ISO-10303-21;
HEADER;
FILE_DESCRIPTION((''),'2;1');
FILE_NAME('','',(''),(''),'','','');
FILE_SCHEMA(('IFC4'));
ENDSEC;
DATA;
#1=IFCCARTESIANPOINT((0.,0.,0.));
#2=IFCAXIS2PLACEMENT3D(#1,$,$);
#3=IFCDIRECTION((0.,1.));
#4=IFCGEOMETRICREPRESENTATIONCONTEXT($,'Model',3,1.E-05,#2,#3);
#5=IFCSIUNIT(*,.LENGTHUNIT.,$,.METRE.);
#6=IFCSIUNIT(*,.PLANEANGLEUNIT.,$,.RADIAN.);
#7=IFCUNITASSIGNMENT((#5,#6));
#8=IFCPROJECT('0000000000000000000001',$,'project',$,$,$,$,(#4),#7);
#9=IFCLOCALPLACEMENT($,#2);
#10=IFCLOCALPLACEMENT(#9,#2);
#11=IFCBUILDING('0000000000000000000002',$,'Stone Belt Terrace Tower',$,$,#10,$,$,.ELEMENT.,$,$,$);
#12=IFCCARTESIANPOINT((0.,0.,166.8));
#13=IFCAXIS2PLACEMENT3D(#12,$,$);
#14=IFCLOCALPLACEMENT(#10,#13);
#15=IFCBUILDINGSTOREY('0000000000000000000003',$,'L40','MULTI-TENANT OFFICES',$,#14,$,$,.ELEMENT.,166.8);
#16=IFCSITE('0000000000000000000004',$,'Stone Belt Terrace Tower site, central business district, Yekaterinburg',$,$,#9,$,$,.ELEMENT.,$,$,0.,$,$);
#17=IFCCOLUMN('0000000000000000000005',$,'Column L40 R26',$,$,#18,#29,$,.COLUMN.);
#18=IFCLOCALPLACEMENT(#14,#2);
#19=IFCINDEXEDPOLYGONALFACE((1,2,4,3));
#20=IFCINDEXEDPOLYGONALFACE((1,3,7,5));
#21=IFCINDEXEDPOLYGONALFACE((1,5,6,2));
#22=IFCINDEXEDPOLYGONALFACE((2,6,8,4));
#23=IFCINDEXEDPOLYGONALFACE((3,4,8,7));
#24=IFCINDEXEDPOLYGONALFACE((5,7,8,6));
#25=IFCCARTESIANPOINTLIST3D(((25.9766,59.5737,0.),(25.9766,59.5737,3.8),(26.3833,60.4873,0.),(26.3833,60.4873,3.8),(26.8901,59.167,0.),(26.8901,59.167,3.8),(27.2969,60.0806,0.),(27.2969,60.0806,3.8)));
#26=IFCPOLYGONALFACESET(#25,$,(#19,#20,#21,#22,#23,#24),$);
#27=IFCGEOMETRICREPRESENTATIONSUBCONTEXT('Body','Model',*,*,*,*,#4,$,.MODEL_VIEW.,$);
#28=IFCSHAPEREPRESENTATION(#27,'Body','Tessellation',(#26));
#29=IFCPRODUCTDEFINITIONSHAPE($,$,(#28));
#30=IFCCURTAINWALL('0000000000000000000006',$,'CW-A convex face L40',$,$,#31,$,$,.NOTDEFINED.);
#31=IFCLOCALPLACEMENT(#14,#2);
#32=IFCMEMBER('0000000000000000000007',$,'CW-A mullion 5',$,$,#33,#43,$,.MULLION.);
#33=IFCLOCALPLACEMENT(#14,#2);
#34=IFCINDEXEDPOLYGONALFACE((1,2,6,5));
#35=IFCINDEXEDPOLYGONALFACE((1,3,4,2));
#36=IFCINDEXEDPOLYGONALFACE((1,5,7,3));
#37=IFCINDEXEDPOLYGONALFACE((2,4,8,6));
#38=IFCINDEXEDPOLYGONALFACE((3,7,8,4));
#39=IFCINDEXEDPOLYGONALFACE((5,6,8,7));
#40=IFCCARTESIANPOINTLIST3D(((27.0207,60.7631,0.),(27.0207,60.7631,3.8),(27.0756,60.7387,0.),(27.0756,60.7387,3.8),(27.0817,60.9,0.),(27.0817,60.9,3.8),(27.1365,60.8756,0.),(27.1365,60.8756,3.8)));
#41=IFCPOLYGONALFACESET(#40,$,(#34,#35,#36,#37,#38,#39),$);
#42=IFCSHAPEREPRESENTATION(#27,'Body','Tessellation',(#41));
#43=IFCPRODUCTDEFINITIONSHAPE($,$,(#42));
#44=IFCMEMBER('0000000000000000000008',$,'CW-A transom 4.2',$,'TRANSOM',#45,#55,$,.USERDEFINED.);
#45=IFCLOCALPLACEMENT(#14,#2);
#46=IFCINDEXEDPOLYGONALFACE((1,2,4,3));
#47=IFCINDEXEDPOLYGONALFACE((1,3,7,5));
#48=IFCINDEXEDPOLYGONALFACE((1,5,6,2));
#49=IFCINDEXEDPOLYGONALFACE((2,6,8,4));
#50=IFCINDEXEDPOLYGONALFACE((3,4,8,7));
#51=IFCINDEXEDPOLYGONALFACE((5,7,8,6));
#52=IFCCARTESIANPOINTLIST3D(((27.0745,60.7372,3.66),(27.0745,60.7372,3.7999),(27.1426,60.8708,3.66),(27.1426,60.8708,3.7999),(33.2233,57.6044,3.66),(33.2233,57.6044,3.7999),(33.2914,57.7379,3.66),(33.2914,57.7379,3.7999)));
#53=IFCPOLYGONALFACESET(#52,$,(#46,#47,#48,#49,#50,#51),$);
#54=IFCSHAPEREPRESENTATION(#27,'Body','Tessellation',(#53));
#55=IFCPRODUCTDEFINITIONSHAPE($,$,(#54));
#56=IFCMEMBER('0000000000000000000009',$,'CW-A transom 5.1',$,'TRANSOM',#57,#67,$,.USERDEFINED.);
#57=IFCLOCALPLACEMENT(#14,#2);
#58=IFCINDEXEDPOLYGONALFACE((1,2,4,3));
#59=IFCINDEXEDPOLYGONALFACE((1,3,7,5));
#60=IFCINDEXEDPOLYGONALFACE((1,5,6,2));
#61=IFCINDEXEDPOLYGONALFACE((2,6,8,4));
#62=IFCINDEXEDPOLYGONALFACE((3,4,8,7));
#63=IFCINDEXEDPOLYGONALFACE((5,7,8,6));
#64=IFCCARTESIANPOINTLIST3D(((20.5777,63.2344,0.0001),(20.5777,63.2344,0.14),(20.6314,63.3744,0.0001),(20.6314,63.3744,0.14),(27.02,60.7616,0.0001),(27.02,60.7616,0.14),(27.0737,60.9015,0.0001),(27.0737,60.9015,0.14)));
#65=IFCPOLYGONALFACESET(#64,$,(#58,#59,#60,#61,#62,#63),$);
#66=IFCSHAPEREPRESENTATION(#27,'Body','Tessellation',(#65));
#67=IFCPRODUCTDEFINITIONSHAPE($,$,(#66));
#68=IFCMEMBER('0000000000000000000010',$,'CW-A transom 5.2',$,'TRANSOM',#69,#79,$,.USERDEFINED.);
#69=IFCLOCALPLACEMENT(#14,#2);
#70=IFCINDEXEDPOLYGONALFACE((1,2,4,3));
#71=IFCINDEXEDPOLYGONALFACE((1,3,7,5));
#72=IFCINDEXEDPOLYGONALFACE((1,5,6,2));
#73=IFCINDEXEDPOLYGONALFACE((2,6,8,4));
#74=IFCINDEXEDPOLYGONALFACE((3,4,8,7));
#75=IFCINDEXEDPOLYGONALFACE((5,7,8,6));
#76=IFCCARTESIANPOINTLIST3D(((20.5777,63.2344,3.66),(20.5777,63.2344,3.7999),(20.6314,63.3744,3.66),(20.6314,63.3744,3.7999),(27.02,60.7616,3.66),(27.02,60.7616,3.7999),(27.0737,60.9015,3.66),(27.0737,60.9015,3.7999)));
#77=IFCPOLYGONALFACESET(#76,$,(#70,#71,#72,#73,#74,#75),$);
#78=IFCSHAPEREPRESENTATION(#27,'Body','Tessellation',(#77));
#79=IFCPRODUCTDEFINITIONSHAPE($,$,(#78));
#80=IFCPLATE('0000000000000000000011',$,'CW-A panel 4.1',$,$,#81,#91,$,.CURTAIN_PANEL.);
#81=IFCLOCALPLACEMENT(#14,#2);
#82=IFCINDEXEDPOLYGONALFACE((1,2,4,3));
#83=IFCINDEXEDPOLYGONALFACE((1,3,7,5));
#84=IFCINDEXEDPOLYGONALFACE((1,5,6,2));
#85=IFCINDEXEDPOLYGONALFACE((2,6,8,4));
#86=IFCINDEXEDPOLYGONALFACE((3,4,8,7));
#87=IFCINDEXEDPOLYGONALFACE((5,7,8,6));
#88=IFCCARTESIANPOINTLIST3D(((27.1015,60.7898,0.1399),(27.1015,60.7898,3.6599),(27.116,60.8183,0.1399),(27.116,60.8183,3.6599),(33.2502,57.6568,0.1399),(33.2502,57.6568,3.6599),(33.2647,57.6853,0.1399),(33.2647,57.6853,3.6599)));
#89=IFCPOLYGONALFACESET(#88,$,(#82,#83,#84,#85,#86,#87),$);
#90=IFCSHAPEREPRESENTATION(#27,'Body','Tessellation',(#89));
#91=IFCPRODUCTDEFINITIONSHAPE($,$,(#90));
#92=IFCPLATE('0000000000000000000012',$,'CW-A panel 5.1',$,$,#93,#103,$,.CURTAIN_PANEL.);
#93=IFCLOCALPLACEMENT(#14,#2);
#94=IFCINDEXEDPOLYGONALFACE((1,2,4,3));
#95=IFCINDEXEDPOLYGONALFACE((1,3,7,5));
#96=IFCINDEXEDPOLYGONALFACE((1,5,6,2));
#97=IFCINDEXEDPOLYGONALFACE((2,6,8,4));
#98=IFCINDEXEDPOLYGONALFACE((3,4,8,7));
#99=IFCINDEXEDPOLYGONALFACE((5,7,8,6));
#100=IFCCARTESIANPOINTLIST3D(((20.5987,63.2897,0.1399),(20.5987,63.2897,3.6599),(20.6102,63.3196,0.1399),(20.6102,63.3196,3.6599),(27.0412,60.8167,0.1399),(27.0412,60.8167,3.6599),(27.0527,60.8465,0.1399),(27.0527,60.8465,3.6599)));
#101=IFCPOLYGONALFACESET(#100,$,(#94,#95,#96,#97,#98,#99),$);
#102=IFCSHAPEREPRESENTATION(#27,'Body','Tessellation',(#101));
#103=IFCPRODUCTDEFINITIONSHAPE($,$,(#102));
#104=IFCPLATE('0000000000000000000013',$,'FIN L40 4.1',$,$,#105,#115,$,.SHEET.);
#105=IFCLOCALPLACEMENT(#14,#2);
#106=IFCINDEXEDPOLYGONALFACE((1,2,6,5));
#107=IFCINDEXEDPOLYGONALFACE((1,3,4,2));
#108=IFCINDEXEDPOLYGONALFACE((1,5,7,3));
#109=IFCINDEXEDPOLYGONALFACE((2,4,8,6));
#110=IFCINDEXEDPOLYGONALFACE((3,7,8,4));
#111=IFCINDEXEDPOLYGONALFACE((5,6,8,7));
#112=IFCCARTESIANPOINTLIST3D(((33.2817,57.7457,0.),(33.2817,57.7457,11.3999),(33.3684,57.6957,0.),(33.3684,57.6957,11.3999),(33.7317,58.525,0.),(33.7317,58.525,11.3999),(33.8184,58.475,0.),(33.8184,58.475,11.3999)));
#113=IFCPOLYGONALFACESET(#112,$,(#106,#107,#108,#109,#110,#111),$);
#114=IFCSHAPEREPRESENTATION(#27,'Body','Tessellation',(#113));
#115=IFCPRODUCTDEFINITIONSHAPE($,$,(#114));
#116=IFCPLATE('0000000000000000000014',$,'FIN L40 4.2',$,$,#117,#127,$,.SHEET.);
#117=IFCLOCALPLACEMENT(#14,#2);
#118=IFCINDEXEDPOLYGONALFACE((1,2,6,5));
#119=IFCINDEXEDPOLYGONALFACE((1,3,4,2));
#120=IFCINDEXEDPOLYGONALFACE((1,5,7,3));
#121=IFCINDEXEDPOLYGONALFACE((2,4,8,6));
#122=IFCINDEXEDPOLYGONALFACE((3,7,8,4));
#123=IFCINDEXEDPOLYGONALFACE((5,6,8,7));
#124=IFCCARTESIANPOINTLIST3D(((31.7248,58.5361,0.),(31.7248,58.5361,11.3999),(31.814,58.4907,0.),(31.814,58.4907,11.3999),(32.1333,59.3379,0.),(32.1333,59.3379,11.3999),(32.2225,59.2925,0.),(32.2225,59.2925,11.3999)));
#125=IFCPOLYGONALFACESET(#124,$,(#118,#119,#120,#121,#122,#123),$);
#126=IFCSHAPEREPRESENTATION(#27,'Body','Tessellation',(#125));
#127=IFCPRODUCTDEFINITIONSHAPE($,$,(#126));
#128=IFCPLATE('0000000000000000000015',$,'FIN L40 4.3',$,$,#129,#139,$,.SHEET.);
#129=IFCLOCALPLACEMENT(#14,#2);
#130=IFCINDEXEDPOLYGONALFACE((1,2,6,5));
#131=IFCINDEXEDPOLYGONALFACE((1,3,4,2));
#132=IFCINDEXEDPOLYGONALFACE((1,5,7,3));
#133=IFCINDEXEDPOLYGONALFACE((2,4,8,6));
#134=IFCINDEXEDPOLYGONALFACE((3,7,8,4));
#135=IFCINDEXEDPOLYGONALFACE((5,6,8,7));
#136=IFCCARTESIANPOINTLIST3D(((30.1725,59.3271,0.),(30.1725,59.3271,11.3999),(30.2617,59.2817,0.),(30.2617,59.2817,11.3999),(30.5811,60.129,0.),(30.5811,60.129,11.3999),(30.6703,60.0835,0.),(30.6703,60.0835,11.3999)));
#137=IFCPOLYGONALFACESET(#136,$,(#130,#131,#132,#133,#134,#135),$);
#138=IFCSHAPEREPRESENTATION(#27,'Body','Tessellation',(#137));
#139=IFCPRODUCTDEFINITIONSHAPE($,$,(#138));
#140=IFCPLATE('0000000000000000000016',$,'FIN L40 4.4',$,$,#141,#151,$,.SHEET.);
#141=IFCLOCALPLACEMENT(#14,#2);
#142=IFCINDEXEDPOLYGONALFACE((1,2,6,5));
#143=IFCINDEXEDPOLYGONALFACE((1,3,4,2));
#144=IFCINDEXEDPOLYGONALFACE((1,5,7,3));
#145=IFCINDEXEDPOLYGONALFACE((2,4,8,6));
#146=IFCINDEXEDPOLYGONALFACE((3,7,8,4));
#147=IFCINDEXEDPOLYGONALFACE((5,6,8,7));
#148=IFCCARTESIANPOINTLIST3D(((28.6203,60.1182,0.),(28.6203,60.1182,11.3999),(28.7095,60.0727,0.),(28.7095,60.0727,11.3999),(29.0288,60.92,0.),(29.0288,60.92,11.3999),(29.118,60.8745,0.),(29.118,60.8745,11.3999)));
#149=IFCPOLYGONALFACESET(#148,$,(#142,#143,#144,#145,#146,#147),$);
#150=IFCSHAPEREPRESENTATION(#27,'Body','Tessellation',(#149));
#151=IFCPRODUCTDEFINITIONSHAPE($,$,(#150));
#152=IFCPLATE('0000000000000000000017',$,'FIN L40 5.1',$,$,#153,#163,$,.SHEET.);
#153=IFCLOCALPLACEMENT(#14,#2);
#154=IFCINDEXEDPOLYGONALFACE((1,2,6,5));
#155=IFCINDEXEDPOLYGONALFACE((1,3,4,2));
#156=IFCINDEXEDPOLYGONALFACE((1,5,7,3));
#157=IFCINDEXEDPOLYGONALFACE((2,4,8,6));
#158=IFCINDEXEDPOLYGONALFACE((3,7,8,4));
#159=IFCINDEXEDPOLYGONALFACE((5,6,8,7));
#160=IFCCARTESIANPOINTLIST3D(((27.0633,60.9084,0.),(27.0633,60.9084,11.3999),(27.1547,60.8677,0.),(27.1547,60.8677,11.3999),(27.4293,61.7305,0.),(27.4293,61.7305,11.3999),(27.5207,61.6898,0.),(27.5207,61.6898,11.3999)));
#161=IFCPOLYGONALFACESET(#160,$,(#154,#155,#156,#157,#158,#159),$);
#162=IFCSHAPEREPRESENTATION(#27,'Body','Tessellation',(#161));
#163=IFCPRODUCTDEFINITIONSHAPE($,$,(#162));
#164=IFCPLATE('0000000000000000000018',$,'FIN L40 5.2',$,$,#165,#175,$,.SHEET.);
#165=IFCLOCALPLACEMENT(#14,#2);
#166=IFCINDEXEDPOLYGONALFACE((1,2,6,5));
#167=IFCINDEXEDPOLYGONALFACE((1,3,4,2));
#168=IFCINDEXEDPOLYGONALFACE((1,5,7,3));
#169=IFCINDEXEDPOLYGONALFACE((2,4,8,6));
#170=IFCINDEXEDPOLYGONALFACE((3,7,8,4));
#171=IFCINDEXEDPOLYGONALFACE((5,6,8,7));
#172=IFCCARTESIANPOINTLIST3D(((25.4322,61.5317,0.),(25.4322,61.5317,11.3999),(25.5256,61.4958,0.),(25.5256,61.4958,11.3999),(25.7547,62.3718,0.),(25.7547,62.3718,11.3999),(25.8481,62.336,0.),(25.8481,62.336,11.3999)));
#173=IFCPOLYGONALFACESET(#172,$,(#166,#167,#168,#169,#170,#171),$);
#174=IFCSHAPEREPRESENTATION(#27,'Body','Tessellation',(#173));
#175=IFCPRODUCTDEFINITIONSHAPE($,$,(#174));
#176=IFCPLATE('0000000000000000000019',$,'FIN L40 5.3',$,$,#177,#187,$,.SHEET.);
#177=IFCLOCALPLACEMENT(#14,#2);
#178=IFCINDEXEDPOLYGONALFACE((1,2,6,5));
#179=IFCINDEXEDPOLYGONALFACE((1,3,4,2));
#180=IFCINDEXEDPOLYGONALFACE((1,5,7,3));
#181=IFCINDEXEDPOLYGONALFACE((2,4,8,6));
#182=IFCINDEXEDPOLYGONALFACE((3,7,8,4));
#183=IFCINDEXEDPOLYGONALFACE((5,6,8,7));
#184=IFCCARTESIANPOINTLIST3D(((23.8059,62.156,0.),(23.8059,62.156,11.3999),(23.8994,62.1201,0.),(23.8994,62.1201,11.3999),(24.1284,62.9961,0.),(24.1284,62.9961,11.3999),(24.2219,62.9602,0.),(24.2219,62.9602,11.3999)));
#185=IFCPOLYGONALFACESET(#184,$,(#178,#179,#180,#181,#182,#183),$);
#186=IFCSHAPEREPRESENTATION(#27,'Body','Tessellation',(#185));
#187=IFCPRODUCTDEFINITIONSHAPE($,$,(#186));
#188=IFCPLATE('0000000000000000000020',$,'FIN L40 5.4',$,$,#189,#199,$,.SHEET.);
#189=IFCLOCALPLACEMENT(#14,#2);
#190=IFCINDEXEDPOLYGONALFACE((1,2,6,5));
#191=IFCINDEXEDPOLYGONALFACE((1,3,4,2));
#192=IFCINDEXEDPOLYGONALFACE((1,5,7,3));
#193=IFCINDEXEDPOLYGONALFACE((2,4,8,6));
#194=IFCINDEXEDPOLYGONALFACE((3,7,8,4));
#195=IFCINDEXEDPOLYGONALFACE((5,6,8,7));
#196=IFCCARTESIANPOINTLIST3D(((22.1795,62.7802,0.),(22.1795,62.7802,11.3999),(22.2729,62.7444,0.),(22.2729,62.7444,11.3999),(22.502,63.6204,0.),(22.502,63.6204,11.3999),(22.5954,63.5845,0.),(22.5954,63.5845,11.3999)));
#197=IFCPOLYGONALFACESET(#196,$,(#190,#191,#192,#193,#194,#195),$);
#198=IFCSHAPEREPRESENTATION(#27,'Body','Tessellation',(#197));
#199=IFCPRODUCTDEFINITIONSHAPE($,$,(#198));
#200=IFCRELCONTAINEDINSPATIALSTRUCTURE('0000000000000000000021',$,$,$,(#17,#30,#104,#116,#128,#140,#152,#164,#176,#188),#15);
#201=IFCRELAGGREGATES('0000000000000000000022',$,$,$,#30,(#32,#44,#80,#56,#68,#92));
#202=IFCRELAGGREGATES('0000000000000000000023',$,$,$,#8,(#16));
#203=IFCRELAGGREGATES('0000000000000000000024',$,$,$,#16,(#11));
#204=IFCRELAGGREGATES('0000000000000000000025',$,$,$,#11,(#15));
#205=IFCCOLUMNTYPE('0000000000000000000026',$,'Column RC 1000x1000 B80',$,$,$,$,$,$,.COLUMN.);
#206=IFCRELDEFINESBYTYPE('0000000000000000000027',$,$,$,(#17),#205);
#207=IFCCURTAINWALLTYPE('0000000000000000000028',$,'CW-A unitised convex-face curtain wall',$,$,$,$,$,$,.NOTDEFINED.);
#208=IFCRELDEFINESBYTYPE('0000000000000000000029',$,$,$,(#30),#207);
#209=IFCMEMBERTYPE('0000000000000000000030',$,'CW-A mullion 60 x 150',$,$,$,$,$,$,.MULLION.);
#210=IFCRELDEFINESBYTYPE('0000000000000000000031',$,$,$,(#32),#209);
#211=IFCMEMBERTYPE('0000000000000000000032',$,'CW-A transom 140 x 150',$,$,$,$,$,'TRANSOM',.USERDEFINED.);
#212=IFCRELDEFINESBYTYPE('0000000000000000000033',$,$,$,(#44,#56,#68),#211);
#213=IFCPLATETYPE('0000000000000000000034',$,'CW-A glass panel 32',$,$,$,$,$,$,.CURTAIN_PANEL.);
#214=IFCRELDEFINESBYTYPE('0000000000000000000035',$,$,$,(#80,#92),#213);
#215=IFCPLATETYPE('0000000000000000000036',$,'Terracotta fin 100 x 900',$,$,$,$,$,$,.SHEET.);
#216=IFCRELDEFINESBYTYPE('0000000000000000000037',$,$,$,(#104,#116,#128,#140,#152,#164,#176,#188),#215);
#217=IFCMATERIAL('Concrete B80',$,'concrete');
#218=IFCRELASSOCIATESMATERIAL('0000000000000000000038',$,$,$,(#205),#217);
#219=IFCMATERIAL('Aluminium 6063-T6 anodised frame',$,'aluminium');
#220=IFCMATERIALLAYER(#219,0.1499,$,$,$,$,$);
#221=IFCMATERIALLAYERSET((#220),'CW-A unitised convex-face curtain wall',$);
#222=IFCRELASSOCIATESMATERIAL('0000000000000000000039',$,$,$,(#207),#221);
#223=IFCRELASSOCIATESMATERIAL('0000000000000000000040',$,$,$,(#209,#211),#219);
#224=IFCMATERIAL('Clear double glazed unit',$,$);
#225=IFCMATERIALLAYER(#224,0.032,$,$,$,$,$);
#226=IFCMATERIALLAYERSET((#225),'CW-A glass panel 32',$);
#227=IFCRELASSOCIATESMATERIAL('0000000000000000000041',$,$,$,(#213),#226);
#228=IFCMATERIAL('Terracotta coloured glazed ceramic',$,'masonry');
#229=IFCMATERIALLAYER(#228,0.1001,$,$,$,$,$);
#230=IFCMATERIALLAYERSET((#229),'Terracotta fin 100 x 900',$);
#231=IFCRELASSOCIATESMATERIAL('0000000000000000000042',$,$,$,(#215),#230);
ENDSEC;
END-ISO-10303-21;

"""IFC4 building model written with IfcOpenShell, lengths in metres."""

from ifc_helpers import new_model, si_unit, direction, frame, origin, origin_2d, place, context, subcontext, project, spatial, rectangle, extrude, material, layer, layer_set, material_profile, profile_set, type_object, element, aggregate, save


model = new_model("IFC4")

# Units and contexts
model_context = context("Model", 3, precision=1e-05, world=origin(), true_north=direction((0.0, 1.0)))
body_context = subcontext(model_context, "Body", "Model", "MODEL_VIEW")
ifc_project = project(units=[si_unit("LENGTHUNIT", "METRE"), si_unit("PLANEANGLEUNIT", "RADIAN")], contexts=[model_context])

# Site, building, storey
site_placement = place(None, origin())
site = spatial("IfcSite", under=ifc_project, at=site_placement, Name="Stone Belt Terrace Tower site, central business district, Yekaterinburg", CompositionType="ELEMENT", RefElevation=0.0)
building_placement = place(site_placement, origin())
building = spatial("IfcBuilding", under=site, at=building_placement, Name="Stone Belt Terrace Tower", CompositionType="ELEMENT")
storey_placement = place(building_placement, frame((0.0, 0.0, 166.8)))
storey = spatial("IfcBuildingStorey", under=building, at=storey_placement, Name="L40", Description="MULTI-TENANT OFFICES", CompositionType="ELEMENT", Elevation=166.8)

# Column
ifc_material_1 = material(Name="Concrete B80", Category="concrete")
ifc_material_profile_1 = material_profile(ifc_material_1, rectangle(XDim=1.0, YDim=1.0, at=origin_2d()), Name="RC 1000x1000")
ifc_profile_set_1 = profile_set([ifc_material_profile_1], Name="Concrete B80")
column_type = type_object("IfcColumnType", Name="Column RC 1000x1000 B80", PredefinedType="COLUMN", material=ifc_profile_set_1)
column_placement = place(storey_placement, frame((26.6367, 59.8271, 0.0), z_axis=(0.0, 0.0, 1.0), x_axis=(0.913545, -0.406737, 0.0)))
element("IfcColumn", 1, at=column_placement, inside=storey, type_object=column_type, Name="Column L40 R26", PredefinedType="COLUMN", context=body_context, shape_type="SweptSolid", body=[
    extrude(rectangle(XDim=1.0, YDim=1.0, at=origin_2d()), origin(), (0.0, 0.0, 1.0), 3.8),
])

# Curtain wall, members, plates
ifc_material_2 = material(Name="Aluminium 6063-T6 anodised frame", Category="aluminium")
ifc_layer_1 = layer(ifc_material_2, 0.1499)
ifc_layer_set_1 = layer_set([ifc_layer_1], Name="CW-A unitised convex-face curtain wall")
curtain_wall_type = type_object("IfcCurtainWallType", Name="CW-A unitised convex-face curtain wall", PredefinedType="NOTDEFINED", material=ifc_layer_set_1)
curtain_wall_placement = place(storey_placement, origin())
curtain_wall = element("IfcCurtainWall", 2, at=curtain_wall_placement, inside=storey, type_object=curtain_wall_type, Name="CW-A convex face L40", PredefinedType="NOTDEFINED")
ifc_material_profile_2 = material_profile(ifc_material_2, rectangle(XDim=0.1499, YDim=0.0601, at=origin_2d()), Name="Aluminium 6063-T6 60x150")
ifc_profile_set_2 = profile_set([ifc_material_profile_2], Name="Aluminium 6063-T6 anodised frame")
member_type_1 = type_object("IfcMemberType", Name="CW-A mullion 60 x 150", PredefinedType="MULLION", material=ifc_profile_set_2)
member_1_placement = place(storey_placement, frame((27.0786, 60.8193, 0.0), z_axis=(0.0, 0.0, 1.0), x_axis=(-0.406737, -0.913545, 0.0)))
member_1 = element("IfcMember", 3, at=member_1_placement, type_object=member_type_1, Name="CW-A mullion 5", PredefinedType="MULLION", context=body_context, shape_type="SweptSolid", body=[
    extrude(rectangle(XDim=0.1499, YDim=0.0601, at=origin_2d()), origin(), (0.0, 0.0, 1.0), 3.8),
])
ifc_material_profile_3 = material_profile(ifc_material_2, rectangle(XDim=0.1499, YDim=0.1399, at=origin_2d()), Name="Aluminium 6063-T6 150x140")
ifc_profile_set_3 = profile_set([ifc_material_profile_3], Name="Aluminium 6063-T6 anodised frame")
member_type_2 = type_object("IfcMemberType", Name="CW-A transom 140 x 150", ElementType="TRANSOM", PredefinedType="USERDEFINED", material=ifc_profile_set_3)
member_2_placement = place(storey_placement, frame((33.2573, 57.6711, 3.73), z_axis=(-0.891012, 0.453979, 0.0), x_axis=(-0.453979, -0.891012, 0.0)))
member_2 = element("IfcMember", 4, at=member_2_placement, type_object=member_type_2, Name="CW-A transom 4.2", ObjectType="TRANSOM", PredefinedType="USERDEFINED", context=body_context, shape_type="SweptSolid", body=[
    extrude(rectangle(XDim=0.1499, YDim=0.1399, at=origin_2d()), origin(), (0.0, 0.0, 1.0), 6.9009),
])
member_3_placement = place(storey_placement, frame((27.0469, 60.8315, 0.0701), z_axis=(-0.933585, 0.358355, 0.0), x_axis=(-0.358355, -0.933585, 0.0)))
member_3 = element("IfcMember", 5, at=member_3_placement, type_object=member_type_2, Name="CW-A transom 5.1", ObjectType="TRANSOM", PredefinedType="USERDEFINED", context=body_context, shape_type="SweptSolid", body=[
    extrude(rectangle(XDim=0.1499, YDim=0.1399, at=origin_2d()), origin(), (0.0, 0.0, 1.0), 6.9006),
])
member_4_placement = place(storey_placement, frame((27.0469, 60.8315, 3.73), z_axis=(-0.933585, 0.358355, 0.0), x_axis=(-0.358355, -0.933585, 0.0)))
member_4 = element("IfcMember", 6, at=member_4_placement, type_object=member_type_2, Name="CW-A transom 5.2", ObjectType="TRANSOM", PredefinedType="USERDEFINED", context=body_context, shape_type="SweptSolid", body=[
    extrude(rectangle(XDim=0.1499, YDim=0.1399, at=origin_2d()), origin(), (0.0, 0.0, 1.0), 6.9006),
])
ifc_material_3 = material(Name="Clear double glazed unit")
ifc_layer_2 = layer(ifc_material_3, 0.032)
ifc_layer_set_2 = layer_set([ifc_layer_2], Name="CW-A glass panel 32")
plate_type_1 = type_object("IfcPlateType", Name="CW-A glass panel 32", PredefinedType="CURTAIN_PANEL", material=ifc_layer_set_2)
plate_1_placement = place(storey_placement, frame((30.1831, 59.2375, 0.1399), z_axis=(0.0, 0.0, 1.0), x_axis=(-0.891007, 0.45399, 0.0)))
plate_1 = element("IfcPlate", 7, at=plate_1_placement, type_object=plate_type_1, Name="CW-A panel 4.1", PredefinedType="CURTAIN_PANEL", context=body_context, shape_type="SweptSolid", body=[
    extrude(rectangle(XDim=6.9009, YDim=0.032, at=origin_2d()), origin(), (0.0, 0.0, 1.0), 3.52),
])
plate_2_placement = place(storey_placement, frame((23.8257, 62.0681, 0.1399), z_axis=(0.0, 0.0, 1.0), x_axis=(-0.93358, 0.358368, 0.0)))
plate_2 = element("IfcPlate", 8, at=plate_2_placement, type_object=plate_type_1, Name="CW-A panel 5.1", PredefinedType="CURTAIN_PANEL", context=body_context, shape_type="SweptSolid", body=[
    extrude(rectangle(XDim=6.9009, YDim=0.032, at=origin_2d()), origin(), (0.0, 0.0, 1.0), 3.52),
])
aggregate(curtain_wall, [member_1, member_2, plate_1, member_3, member_4, plate_2])

# Plates
ifc_material_4 = material(Name="Terracotta coloured glazed ceramic", Category="masonry")
ifc_layer_3 = layer(ifc_material_4, 0.1001)
ifc_layer_set_3 = layer_set([ifc_layer_3], Name="Terracotta fin 100 x 900")
plate_type_2 = type_object("IfcPlateType", Name="Terracotta fin 100 x 900", PredefinedType="SHEET", material=ifc_layer_set_3)
for number, where, z_axis, x_axis, name in (
    (9, (33.55, 58.1104, 0.0), (0.0, 0.0, 1.0), (0.5, 0.866025, 0.0), "FIN L40 4.1"),
    (10, (31.9736, 58.9143, 0.0), (0.0, 0.0, 1.0), (0.45399, 0.891007, 0.0), "FIN L40 4.2"),
    (11, (30.4214, 59.7053, 0.0), (0.0, 0.0, 1.0), (0.45399, 0.891007, 0.0), "FIN L40 4.3"),
    (12, (28.8691, 60.4963, 0.0), (0.0, 0.0, 1.0), (0.45399, 0.891007, 0.0), "FIN L40 4.4"),
    (13, (27.292, 61.2991, 0.0), (0.0, 0.0, 1.0), (0.406737, 0.913545, 0.0), "FIN L40 5.1"),
    (14, (25.6401, 61.9338, 0.0), (0.0, 0.0, 1.0), (0.358368, 0.93358, 0.0), "FIN L40 5.2"),
    (15, (24.0139, 62.5581, 0.0), (0.0, 0.0, 1.0), (0.358368, 0.93358, 0.0), "FIN L40 5.3"),
    (16, (22.3875, 63.1824, 0.0), (0.0, 0.0, 1.0), (0.358368, 0.93358, 0.0), "FIN L40 5.4"),
):
    element("IfcPlate", number, at=place(storey_placement, frame(where, z_axis=z_axis, x_axis=x_axis)), inside=storey, type_object=plate_type_2, Name=name, PredefinedType="SHEET", context=body_context, shape_type="SweptSolid", body=[
        extrude(rectangle(XDim=0.8999, YDim=0.1001, at=origin_2d()), origin(), (0.0, 0.0, 1.0), 11.3999),
    ])

save(model, "model.ifc")
